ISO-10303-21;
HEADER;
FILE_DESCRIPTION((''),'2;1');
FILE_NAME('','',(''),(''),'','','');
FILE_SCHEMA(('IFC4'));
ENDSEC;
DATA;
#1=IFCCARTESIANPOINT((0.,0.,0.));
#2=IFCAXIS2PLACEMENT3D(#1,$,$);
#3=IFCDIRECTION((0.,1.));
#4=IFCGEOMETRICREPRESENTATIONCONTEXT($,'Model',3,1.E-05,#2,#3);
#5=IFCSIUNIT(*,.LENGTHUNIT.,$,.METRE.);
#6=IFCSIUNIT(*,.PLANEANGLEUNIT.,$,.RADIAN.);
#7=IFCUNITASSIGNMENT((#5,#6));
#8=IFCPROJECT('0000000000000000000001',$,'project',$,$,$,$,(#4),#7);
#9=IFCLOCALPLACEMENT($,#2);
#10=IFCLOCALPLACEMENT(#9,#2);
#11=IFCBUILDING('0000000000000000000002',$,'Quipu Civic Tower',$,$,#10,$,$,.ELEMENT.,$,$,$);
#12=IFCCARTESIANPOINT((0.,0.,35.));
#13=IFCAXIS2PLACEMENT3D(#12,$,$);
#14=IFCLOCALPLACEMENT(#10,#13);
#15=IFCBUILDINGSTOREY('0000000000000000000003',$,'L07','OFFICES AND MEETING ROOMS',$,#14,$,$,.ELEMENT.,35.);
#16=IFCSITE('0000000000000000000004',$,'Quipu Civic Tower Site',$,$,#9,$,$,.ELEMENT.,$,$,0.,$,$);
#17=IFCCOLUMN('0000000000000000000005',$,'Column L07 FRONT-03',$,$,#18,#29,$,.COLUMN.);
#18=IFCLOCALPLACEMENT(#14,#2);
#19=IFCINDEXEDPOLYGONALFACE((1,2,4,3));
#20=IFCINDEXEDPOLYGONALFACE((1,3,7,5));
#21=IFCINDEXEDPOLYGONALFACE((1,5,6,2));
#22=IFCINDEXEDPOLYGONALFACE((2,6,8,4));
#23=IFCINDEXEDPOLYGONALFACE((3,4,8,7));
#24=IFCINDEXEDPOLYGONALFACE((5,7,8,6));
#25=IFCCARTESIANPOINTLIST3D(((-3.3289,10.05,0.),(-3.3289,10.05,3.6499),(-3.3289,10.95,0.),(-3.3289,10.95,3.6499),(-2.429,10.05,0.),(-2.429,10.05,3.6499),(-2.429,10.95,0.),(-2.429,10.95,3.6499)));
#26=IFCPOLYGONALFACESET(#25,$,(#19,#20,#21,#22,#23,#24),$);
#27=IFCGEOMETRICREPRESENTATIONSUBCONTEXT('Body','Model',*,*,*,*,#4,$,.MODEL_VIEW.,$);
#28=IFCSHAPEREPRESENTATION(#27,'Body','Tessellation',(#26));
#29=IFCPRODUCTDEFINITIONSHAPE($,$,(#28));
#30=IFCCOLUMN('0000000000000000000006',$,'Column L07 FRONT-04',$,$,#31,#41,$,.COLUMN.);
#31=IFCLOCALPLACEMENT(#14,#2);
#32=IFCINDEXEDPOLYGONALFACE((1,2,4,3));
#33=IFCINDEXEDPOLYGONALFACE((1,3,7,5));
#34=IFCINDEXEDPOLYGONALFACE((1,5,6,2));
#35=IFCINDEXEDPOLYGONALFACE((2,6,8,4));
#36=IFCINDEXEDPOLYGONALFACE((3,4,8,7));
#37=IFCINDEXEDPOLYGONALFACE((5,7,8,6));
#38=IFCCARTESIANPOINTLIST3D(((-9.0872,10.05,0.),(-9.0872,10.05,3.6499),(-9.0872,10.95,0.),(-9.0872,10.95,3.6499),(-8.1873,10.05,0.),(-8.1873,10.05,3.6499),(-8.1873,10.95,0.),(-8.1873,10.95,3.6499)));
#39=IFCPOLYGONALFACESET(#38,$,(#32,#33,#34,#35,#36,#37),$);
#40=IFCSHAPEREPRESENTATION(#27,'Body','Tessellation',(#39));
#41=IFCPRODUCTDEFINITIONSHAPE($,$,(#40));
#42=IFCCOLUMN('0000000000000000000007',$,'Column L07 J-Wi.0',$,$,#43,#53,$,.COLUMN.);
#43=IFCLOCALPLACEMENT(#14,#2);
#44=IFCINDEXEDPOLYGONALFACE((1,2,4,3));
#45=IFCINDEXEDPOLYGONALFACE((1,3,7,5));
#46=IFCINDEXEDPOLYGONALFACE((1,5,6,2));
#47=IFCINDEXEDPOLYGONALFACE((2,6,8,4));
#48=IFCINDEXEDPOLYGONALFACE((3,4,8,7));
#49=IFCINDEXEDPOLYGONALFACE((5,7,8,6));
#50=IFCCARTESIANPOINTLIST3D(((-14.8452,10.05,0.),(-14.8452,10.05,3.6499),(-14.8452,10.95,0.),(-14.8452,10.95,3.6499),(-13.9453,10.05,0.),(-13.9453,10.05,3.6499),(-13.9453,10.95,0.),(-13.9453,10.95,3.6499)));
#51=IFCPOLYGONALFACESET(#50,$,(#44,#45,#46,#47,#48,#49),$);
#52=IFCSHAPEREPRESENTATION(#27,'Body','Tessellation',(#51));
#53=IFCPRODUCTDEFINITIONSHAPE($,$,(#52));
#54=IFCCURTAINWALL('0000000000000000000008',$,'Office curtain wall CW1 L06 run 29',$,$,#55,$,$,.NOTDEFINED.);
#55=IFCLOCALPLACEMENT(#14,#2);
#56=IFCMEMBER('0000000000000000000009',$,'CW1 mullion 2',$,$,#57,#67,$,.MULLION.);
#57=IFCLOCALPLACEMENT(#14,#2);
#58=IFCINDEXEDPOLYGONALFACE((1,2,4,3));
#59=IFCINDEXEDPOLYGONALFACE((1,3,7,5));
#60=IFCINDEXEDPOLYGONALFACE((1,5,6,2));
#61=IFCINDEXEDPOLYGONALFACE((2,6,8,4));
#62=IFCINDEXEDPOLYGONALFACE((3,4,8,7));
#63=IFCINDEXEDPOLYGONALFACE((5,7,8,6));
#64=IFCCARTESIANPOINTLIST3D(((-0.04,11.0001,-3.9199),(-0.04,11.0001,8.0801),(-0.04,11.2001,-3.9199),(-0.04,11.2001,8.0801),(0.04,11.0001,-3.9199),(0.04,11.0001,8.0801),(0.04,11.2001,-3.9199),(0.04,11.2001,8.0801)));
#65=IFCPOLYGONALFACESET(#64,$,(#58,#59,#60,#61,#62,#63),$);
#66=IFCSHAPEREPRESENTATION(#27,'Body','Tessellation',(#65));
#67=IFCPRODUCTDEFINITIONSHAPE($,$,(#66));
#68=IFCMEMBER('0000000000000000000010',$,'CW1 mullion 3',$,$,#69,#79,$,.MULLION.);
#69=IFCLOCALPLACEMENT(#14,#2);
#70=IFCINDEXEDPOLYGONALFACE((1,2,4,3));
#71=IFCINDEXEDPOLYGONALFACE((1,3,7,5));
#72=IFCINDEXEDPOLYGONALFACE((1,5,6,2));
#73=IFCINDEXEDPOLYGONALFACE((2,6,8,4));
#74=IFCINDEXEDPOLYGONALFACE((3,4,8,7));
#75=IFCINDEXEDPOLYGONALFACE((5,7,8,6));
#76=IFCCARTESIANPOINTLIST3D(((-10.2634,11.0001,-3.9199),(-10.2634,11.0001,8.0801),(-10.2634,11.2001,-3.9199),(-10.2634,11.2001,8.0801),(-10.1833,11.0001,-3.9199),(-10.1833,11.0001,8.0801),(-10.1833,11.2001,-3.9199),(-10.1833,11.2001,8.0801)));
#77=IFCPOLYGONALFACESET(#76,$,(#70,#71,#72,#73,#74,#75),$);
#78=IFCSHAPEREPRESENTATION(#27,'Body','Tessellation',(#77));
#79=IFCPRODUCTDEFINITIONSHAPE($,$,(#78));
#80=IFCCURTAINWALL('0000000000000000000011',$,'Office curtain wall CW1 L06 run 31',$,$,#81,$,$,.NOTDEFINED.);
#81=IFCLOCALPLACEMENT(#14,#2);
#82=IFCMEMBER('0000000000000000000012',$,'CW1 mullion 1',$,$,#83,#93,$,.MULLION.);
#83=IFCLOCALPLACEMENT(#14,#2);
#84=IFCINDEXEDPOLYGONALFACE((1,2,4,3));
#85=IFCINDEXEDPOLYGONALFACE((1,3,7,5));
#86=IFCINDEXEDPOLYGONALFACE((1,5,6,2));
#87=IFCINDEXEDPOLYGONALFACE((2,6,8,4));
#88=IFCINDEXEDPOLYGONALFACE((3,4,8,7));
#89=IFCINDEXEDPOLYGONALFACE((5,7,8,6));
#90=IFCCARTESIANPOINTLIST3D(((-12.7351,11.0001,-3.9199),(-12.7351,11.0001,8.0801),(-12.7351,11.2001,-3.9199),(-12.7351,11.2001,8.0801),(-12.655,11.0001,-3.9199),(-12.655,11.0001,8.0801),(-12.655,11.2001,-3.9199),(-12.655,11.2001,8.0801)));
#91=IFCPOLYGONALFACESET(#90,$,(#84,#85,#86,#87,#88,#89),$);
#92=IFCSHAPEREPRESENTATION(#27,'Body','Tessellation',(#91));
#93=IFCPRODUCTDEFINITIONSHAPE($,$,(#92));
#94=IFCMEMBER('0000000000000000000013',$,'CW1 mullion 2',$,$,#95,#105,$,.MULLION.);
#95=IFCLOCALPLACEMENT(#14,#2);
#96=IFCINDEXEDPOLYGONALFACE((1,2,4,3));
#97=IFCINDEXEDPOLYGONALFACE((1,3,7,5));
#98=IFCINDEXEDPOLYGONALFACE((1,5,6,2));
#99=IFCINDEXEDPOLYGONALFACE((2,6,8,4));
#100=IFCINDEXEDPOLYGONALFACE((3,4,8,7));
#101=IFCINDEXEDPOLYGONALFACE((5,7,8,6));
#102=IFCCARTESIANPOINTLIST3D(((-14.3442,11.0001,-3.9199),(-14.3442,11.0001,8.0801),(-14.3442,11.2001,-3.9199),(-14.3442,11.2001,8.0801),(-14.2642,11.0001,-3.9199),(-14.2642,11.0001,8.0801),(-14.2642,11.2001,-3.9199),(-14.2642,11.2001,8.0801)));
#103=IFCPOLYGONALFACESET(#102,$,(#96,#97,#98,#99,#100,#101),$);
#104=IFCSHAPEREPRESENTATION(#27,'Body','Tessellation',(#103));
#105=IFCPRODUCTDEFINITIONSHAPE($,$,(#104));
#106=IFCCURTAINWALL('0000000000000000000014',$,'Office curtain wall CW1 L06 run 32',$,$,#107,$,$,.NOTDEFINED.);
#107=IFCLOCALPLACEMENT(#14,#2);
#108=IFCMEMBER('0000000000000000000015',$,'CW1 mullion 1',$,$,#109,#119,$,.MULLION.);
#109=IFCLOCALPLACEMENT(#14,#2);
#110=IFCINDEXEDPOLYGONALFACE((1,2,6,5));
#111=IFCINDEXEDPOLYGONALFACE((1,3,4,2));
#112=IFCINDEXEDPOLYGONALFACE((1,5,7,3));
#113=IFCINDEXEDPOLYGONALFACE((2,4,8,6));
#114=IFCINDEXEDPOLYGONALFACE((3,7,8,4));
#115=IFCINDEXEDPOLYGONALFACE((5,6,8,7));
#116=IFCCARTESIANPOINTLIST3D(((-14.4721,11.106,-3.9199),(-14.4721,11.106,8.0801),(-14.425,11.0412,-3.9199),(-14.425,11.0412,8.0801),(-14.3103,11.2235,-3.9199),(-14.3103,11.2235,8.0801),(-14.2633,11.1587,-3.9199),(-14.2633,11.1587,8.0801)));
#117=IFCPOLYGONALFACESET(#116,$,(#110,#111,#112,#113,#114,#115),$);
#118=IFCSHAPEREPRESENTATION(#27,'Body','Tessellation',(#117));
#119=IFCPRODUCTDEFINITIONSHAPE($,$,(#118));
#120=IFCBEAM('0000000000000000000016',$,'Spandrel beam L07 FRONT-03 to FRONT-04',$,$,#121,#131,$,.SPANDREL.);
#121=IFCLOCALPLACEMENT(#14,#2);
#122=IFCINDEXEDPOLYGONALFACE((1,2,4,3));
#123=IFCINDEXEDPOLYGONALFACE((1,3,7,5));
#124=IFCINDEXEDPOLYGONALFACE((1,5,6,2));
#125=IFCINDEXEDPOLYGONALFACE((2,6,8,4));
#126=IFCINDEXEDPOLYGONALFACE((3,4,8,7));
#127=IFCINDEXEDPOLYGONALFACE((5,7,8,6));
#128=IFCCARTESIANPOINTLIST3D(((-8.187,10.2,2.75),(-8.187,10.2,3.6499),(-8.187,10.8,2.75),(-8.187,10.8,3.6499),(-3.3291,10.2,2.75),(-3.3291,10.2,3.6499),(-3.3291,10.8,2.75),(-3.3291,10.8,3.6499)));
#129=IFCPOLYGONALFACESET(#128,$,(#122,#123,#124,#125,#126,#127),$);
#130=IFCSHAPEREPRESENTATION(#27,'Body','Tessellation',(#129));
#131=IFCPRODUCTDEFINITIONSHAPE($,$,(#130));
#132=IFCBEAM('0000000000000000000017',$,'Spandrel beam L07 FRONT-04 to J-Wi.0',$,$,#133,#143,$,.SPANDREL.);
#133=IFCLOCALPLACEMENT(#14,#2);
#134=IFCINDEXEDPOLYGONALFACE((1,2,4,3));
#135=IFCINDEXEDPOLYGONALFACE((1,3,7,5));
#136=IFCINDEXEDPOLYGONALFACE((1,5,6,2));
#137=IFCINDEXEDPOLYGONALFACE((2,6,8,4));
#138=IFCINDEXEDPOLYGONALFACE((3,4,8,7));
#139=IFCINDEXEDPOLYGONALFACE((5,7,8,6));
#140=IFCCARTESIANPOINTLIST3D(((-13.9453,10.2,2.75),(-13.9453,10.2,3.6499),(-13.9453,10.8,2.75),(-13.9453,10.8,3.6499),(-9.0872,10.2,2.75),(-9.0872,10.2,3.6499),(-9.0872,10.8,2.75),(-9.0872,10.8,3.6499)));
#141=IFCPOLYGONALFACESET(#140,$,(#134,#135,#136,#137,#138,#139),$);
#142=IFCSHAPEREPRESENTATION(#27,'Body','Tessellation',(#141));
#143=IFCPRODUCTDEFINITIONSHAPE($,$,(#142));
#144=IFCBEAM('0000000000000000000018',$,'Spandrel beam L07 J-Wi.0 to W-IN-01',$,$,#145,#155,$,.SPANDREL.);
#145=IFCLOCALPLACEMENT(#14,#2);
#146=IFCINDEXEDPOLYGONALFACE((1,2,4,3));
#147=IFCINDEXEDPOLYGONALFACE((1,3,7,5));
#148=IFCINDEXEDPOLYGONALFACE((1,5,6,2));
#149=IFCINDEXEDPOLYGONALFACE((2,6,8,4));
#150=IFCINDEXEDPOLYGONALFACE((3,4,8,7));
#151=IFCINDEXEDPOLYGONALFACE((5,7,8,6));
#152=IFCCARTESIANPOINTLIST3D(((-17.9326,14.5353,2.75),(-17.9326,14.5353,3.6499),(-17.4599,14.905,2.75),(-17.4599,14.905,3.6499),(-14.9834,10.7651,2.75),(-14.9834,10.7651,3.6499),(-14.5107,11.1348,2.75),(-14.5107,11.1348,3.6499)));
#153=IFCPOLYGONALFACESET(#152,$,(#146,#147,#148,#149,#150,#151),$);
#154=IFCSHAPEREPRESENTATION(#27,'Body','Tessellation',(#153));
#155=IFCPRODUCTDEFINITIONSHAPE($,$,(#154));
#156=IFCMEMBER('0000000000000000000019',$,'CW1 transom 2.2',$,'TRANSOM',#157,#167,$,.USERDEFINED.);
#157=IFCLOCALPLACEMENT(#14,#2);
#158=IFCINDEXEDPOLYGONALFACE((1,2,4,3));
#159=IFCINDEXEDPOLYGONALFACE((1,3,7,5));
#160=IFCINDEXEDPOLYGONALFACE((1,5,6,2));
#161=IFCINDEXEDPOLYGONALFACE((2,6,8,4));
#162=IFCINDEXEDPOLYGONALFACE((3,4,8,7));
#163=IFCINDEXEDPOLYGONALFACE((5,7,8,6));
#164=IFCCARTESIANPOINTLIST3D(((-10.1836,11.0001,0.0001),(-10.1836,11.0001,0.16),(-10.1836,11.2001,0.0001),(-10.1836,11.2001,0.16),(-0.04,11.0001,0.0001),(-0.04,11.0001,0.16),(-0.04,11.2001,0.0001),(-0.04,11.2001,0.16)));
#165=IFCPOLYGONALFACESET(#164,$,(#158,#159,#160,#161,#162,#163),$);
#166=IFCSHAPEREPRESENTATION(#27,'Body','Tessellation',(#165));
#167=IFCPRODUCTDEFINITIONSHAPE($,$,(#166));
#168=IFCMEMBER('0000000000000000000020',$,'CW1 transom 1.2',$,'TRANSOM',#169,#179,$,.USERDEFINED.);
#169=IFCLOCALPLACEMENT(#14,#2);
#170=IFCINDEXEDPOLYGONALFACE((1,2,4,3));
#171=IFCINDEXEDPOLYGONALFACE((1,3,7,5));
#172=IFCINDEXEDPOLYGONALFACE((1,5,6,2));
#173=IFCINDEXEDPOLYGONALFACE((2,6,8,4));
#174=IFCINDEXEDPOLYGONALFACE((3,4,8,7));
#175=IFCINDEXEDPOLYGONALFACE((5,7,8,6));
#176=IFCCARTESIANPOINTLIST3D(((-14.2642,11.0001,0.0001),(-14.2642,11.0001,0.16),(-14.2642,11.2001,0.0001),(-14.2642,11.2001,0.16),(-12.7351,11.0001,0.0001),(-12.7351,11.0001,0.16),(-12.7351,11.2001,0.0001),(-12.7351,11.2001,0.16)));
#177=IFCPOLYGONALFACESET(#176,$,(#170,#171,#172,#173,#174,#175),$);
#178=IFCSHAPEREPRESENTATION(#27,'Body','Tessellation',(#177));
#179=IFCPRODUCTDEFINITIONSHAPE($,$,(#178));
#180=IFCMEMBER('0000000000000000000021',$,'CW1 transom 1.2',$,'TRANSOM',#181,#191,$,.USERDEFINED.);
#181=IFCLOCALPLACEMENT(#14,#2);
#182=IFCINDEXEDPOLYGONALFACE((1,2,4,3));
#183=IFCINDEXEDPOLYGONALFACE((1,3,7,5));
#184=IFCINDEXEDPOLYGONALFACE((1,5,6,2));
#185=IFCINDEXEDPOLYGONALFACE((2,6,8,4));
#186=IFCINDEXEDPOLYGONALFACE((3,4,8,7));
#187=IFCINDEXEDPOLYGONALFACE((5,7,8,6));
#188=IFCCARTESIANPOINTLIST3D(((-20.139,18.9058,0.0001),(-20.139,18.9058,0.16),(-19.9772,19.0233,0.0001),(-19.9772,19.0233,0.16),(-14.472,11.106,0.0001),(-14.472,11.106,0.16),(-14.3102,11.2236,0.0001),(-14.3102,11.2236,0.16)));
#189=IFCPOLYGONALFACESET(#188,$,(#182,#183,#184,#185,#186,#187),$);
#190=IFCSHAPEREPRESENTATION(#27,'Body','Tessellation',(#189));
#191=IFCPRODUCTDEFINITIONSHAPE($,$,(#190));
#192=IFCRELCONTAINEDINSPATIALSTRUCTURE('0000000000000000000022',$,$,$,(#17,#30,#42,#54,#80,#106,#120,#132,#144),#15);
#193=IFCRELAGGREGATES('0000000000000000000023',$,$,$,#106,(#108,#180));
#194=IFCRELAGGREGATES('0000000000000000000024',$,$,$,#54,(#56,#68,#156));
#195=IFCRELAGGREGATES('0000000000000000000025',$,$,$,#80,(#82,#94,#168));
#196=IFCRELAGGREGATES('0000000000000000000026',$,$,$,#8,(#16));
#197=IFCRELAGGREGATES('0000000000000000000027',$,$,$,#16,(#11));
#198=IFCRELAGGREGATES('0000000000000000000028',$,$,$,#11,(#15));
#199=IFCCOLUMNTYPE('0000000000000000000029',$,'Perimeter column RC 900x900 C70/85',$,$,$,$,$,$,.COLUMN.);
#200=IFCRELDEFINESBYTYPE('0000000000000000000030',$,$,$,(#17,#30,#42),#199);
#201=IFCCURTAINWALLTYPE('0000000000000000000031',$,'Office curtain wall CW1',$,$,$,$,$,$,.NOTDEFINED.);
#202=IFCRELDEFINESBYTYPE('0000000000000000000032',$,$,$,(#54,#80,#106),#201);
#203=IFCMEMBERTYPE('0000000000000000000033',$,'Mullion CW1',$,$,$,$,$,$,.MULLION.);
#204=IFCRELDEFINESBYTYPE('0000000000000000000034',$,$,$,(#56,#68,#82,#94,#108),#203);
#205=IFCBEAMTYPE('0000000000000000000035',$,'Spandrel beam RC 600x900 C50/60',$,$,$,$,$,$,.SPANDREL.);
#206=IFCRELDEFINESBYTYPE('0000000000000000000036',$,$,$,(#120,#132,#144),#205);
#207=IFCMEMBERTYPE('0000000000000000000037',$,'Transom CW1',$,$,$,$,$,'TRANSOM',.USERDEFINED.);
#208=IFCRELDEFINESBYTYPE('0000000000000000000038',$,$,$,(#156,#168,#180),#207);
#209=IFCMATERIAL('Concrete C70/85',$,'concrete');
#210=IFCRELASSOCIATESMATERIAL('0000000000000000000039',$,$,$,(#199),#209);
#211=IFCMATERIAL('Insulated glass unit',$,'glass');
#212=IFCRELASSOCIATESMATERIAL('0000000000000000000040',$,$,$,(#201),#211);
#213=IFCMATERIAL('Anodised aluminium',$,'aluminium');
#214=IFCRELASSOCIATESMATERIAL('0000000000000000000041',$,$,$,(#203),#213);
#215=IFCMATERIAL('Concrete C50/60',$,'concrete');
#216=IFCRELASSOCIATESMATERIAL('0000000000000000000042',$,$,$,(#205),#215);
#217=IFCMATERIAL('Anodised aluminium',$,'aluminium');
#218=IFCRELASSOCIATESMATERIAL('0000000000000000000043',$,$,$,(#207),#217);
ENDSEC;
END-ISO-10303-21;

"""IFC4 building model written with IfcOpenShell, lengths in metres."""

from ifc_helpers import new_model, si_unit, direction, frame, origin, origin_2d, place, context, subcontext, project, spatial, rectangle, extrude, material, material_profile, profile_set, type_object, element, aggregate, save


model = new_model("IFC4")

# Units and contexts
model_context = context("Model", 3, precision=1e-05, world=origin(), true_north=direction((0.0, 1.0)))
body_context = subcontext(model_context, "Body", "Model", "MODEL_VIEW")
ifc_project = project(units=[si_unit("LENGTHUNIT", "METRE"), si_unit("PLANEANGLEUNIT", "RADIAN")], contexts=[model_context])

# Site, building, storey
site_placement = place(None, origin())
site = spatial("IfcSite", under=ifc_project, at=site_placement, Name="Quipu Civic Tower Site", CompositionType="ELEMENT", RefElevation=0.0)
building_placement = place(site_placement, origin())
building = spatial("IfcBuilding", under=site, at=building_placement, Name="Quipu Civic Tower", CompositionType="ELEMENT")
storey_placement = place(building_placement, frame((0.0, 0.0, 35.0)))
storey = spatial("IfcBuildingStorey", under=building, at=storey_placement, Name="L07", Description="OFFICES AND MEETING ROOMS", CompositionType="ELEMENT", Elevation=35.0)

# Columns
ifc_material_1 = material(Name="Concrete C70/85", Category="concrete")
ifc_material_profile_1 = material_profile(ifc_material_1, rectangle(XDim=0.8999, YDim=0.8999, at=origin_2d()), Name="RC900x900")
ifc_profile_set_1 = profile_set([ifc_material_profile_1], Name="Concrete C70/85")
column_type = type_object("IfcColumnType", Name="Perimeter column RC 900x900 C70/85", PredefinedType="COLUMN", material=ifc_profile_set_1)
for number, where, z_axis, x_axis, name in (
    (1, (-2.8789, 10.5, 0.0), (0.0, 0.0, 1.0), (-1.0, 0.0, 0.0), "Column L07 FRONT-03"),
    (2, (-8.6372, 10.5, 0.0), (0.0, 0.0, 1.0), (-1.0, 0.0, 0.0), "Column L07 FRONT-04"),
    (3, (-14.3953, 10.5, 0.0), (0.0, 0.0, 1.0), (-1.0, 0.0, 0.0), "Column L07 J-Wi.0"),
):
    element("IfcColumn", number, at=place(storey_placement, frame(where, z_axis=z_axis, x_axis=x_axis)), inside=storey, type_object=column_type, Name=name, PredefinedType="COLUMN", context=body_context, shape_type="SweptSolid", body=[
        extrude(rectangle(XDim=0.8999, YDim=0.8999, at=origin_2d()), origin(), (0.0, 0.0, 1.0), 3.6499),
    ])

# Curtain walls, members
ifc_material_2 = material(Name="Insulated glass unit", Category="glass")
curtain_wall_type = type_object("IfcCurtainWallType", Name="Office curtain wall CW1", PredefinedType="NOTDEFINED", material=ifc_material_2)
curtain_wall_1_placement = place(storey_placement, origin())
curtain_wall_1 = element("IfcCurtainWall", 4, at=curtain_wall_1_placement, inside=storey, type_object=curtain_wall_type, Name="Office curtain wall CW1 L06 run 29", PredefinedType="NOTDEFINED")
ifc_material_3 = material(Name="Anodised aluminium", Category="aluminium")
ifc_material_profile_2 = material_profile(ifc_material_3, rectangle(XDim=0.2, YDim=0.0801, at=origin_2d()), Name="RECT 200x80")
ifc_profile_set_2 = profile_set([ifc_material_profile_2], Name="Anodised aluminium")
member_type_1 = type_object("IfcMemberType", Name="Mullion CW1", PredefinedType="MULLION", material=ifc_profile_set_2)
member_1_placement = place(storey_placement, frame((0.0, 11.1001, -3.9199), z_axis=(0.0, 0.0, 1.0), x_axis=(0.0, -1.0, 0.0)))
member_1 = element("IfcMember", 5, at=member_1_placement, type_object=member_type_1, Name="CW1 mullion 2", PredefinedType="MULLION", context=body_context, shape_type="SweptSolid", body=[
    extrude(rectangle(XDim=0.2, YDim=0.0801, at=origin_2d()), origin(), (0.0, 0.0, 1.0), 12.0),
])
member_2_placement = place(storey_placement, frame((-10.2234, 11.1001, -3.9199), z_axis=(0.0, 0.0, 1.0), x_axis=(0.0, -1.0, 0.0)))
member_2 = element("IfcMember", 6, at=member_2_placement, type_object=member_type_1, Name="CW1 mullion 3", PredefinedType="MULLION", context=body_context, shape_type="SweptSolid", body=[
    extrude(rectangle(XDim=0.2, YDim=0.0801, at=origin_2d()), origin(), (0.0, 0.0, 1.0), 12.0),
])
curtain_wall_2_placement = place(storey_placement, origin())
curtain_wall_2 = element("IfcCurtainWall", 7, at=curtain_wall_2_placement, inside=storey, type_object=curtain_wall_type, Name="Office curtain wall CW1 L06 run 31", PredefinedType="NOTDEFINED")
member_3_placement = place(storey_placement, frame((-12.6951, 11.1001, -3.9199), z_axis=(0.0, 0.0, 1.0), x_axis=(0.0, -1.0, 0.0)))
member_3 = element("IfcMember", 8, at=member_3_placement, type_object=member_type_1, Name="CW1 mullion 1", PredefinedType="MULLION", context=body_context, shape_type="SweptSolid", body=[
    extrude(rectangle(XDim=0.2, YDim=0.0801, at=origin_2d()), origin(), (0.0, 0.0, 1.0), 12.0),
])
member_4_placement = place(storey_placement, frame((-14.3042, 11.1001, -3.9199), z_axis=(0.0, 0.0, 1.0), x_axis=(0.0, -1.0, 0.0)))
member_4 = element("IfcMember", 9, at=member_4_placement, type_object=member_type_1, Name="CW1 mullion 2", PredefinedType="MULLION", context=body_context, shape_type="SweptSolid", body=[
    extrude(rectangle(XDim=0.2, YDim=0.0801, at=origin_2d()), origin(), (0.0, 0.0, 1.0), 12.0),
])

# Curtain wall, member
curtain_wall_3_placement = place(storey_placement, origin())
curtain_wall_3 = element("IfcCurtainWall", 10, at=curtain_wall_3_placement, inside=storey, type_object=curtain_wall_type, Name="Office curtain wall CW1 L06 run 32", PredefinedType="NOTDEFINED")
member_5_placement = place(storey_placement, frame((-14.3677, 11.1323, -3.9199), z_axis=(0.0, 0.0, 1.0), x_axis=(-0.809017, -0.587786, 0.0)))
member_5 = element("IfcMember", 11, at=member_5_placement, type_object=member_type_1, Name="CW1 mullion 1", PredefinedType="MULLION", context=body_context, shape_type="SweptSolid", body=[
    extrude(rectangle(XDim=0.2, YDim=0.0801, at=origin_2d()), origin(), (0.0, 0.0, 1.0), 12.0),
])

# Beams
ifc_material_4 = material(Name="Concrete C50/60", Category="concrete")
ifc_material_profile_3 = material_profile(ifc_material_4, rectangle(XDim=0.6001, YDim=0.8999, at=origin_2d()), Name="RC600x900")
ifc_profile_set_3 = profile_set([ifc_material_profile_3], Name="Concrete C50/60")
beam_type = type_object("IfcBeamType", Name="Spandrel beam RC 600x900 C50/60", PredefinedType="SPANDREL", material=ifc_profile_set_3)
beam_1_placement = place(storey_placement, frame((-3.3291, 10.5, 3.2), z_axis=(-1.0, 0.0, 0.0), x_axis=(0.0, -1.0, 0.0)))
element("IfcBeam", 12, at=beam_1_placement, inside=storey, type_object=beam_type, Name="Spandrel beam L07 FRONT-03 to FRONT-04", PredefinedType="SPANDREL", context=body_context, shape_type="SweptSolid", body=[
    extrude(rectangle(XDim=0.6001, YDim=0.8999, at=origin_2d()), origin(), (0.0, 0.0, 1.0), 4.8579),
])
beam_2_placement = place(storey_placement, frame((-9.0872, 10.5, 3.2), z_axis=(-1.0, 0.0, 0.0), x_axis=(0.0, -1.0, 0.0)))
element("IfcBeam", 13, at=beam_2_placement, inside=storey, type_object=beam_type, Name="Spandrel beam L07 FRONT-04 to J-Wi.0", PredefinedType="SPANDREL", context=body_context, shape_type="SweptSolid", body=[
    extrude(rectangle(XDim=0.6001, YDim=0.8999, at=origin_2d()), origin(), (0.0, 0.0, 1.0), 4.8582),
])
beam_3_placement = place(storey_placement, frame((-14.7471, 10.95, 3.2), z_axis=(-0.616124, 0.787649, 0.0), x_axis=(-0.787649, -0.616124, 0.0)))
element("IfcBeam", 14, at=beam_3_placement, inside=storey, type_object=beam_type, Name="Spandrel beam L07 J-Wi.0 to W-IN-01", PredefinedType="SPANDREL", context=body_context, shape_type="SweptSolid", body=[
    extrude(rectangle(XDim=0.6001, YDim=0.8999, at=origin_2d()), origin(), (0.0, 0.0, 1.0), 4.7866),
])

# Members
ifc_material_5 = material(Name="Anodised aluminium", Category="aluminium")
ifc_material_profile_4 = material_profile(ifc_material_5, rectangle(XDim=0.2, YDim=0.1599, at=origin_2d()), Name="RECT 200x160")
ifc_profile_set_4 = profile_set([ifc_material_profile_4], Name="Anodised aluminium")
member_type_2 = type_object("IfcMemberType", Name="Transom CW1", ElementType="TRANSOM", PredefinedType="USERDEFINED", material=ifc_profile_set_4)
member_6_placement = place(storey_placement, frame((-0.04, 11.1001, 0.0801), z_axis=(-1.0, 0.0, 0.0), x_axis=(0.0, -1.0, 0.0)))
member_6 = element("IfcMember", 15, at=member_6_placement, type_object=member_type_2, Name="CW1 transom 2.2", ObjectType="TRANSOM", PredefinedType="USERDEFINED", context=body_context, shape_type="SweptSolid", body=[
    extrude(rectangle(XDim=0.2, YDim=0.1599, at=origin_2d()), origin(), (0.0, 0.0, 1.0), 10.1436),
])
member_7_placement = place(storey_placement, frame((-12.7351, 11.1001, 0.0801), z_axis=(-1.0, 0.0, 0.0), x_axis=(0.0, -1.0, 0.0)))
member_7 = element("IfcMember", 16, at=member_7_placement, type_object=member_type_2, Name="CW1 transom 1.2", ObjectType="TRANSOM", PredefinedType="USERDEFINED", context=body_context, shape_type="SweptSolid", body=[
    extrude(rectangle(XDim=0.2, YDim=0.1599, at=origin_2d()), origin(), (0.0, 0.0, 1.0), 1.5291),
])
member_8_placement = place(storey_placement, frame((-14.3911, 11.1648, 0.0801), z_axis=(-0.587792, 0.809012, 0.0), x_axis=(-0.809012, -0.587792, 0.0)))
member_8 = element("IfcMember", 17, at=member_8_placement, type_object=member_type_2, Name="CW1 transom 1.2", ObjectType="TRANSOM", PredefinedType="USERDEFINED", context=body_context, shape_type="SweptSolid", body=[
    extrude(rectangle(XDim=0.2, YDim=0.1599, at=origin_2d()), origin(), (0.0, 0.0, 1.0), 9.6411),
])
aggregate(curtain_wall_3, [member_5, member_8])

aggregate(curtain_wall_1, [member_1, member_2, member_6])
aggregate(curtain_wall_2, [member_3, member_4, member_7])

save(model, "model.ifc")
